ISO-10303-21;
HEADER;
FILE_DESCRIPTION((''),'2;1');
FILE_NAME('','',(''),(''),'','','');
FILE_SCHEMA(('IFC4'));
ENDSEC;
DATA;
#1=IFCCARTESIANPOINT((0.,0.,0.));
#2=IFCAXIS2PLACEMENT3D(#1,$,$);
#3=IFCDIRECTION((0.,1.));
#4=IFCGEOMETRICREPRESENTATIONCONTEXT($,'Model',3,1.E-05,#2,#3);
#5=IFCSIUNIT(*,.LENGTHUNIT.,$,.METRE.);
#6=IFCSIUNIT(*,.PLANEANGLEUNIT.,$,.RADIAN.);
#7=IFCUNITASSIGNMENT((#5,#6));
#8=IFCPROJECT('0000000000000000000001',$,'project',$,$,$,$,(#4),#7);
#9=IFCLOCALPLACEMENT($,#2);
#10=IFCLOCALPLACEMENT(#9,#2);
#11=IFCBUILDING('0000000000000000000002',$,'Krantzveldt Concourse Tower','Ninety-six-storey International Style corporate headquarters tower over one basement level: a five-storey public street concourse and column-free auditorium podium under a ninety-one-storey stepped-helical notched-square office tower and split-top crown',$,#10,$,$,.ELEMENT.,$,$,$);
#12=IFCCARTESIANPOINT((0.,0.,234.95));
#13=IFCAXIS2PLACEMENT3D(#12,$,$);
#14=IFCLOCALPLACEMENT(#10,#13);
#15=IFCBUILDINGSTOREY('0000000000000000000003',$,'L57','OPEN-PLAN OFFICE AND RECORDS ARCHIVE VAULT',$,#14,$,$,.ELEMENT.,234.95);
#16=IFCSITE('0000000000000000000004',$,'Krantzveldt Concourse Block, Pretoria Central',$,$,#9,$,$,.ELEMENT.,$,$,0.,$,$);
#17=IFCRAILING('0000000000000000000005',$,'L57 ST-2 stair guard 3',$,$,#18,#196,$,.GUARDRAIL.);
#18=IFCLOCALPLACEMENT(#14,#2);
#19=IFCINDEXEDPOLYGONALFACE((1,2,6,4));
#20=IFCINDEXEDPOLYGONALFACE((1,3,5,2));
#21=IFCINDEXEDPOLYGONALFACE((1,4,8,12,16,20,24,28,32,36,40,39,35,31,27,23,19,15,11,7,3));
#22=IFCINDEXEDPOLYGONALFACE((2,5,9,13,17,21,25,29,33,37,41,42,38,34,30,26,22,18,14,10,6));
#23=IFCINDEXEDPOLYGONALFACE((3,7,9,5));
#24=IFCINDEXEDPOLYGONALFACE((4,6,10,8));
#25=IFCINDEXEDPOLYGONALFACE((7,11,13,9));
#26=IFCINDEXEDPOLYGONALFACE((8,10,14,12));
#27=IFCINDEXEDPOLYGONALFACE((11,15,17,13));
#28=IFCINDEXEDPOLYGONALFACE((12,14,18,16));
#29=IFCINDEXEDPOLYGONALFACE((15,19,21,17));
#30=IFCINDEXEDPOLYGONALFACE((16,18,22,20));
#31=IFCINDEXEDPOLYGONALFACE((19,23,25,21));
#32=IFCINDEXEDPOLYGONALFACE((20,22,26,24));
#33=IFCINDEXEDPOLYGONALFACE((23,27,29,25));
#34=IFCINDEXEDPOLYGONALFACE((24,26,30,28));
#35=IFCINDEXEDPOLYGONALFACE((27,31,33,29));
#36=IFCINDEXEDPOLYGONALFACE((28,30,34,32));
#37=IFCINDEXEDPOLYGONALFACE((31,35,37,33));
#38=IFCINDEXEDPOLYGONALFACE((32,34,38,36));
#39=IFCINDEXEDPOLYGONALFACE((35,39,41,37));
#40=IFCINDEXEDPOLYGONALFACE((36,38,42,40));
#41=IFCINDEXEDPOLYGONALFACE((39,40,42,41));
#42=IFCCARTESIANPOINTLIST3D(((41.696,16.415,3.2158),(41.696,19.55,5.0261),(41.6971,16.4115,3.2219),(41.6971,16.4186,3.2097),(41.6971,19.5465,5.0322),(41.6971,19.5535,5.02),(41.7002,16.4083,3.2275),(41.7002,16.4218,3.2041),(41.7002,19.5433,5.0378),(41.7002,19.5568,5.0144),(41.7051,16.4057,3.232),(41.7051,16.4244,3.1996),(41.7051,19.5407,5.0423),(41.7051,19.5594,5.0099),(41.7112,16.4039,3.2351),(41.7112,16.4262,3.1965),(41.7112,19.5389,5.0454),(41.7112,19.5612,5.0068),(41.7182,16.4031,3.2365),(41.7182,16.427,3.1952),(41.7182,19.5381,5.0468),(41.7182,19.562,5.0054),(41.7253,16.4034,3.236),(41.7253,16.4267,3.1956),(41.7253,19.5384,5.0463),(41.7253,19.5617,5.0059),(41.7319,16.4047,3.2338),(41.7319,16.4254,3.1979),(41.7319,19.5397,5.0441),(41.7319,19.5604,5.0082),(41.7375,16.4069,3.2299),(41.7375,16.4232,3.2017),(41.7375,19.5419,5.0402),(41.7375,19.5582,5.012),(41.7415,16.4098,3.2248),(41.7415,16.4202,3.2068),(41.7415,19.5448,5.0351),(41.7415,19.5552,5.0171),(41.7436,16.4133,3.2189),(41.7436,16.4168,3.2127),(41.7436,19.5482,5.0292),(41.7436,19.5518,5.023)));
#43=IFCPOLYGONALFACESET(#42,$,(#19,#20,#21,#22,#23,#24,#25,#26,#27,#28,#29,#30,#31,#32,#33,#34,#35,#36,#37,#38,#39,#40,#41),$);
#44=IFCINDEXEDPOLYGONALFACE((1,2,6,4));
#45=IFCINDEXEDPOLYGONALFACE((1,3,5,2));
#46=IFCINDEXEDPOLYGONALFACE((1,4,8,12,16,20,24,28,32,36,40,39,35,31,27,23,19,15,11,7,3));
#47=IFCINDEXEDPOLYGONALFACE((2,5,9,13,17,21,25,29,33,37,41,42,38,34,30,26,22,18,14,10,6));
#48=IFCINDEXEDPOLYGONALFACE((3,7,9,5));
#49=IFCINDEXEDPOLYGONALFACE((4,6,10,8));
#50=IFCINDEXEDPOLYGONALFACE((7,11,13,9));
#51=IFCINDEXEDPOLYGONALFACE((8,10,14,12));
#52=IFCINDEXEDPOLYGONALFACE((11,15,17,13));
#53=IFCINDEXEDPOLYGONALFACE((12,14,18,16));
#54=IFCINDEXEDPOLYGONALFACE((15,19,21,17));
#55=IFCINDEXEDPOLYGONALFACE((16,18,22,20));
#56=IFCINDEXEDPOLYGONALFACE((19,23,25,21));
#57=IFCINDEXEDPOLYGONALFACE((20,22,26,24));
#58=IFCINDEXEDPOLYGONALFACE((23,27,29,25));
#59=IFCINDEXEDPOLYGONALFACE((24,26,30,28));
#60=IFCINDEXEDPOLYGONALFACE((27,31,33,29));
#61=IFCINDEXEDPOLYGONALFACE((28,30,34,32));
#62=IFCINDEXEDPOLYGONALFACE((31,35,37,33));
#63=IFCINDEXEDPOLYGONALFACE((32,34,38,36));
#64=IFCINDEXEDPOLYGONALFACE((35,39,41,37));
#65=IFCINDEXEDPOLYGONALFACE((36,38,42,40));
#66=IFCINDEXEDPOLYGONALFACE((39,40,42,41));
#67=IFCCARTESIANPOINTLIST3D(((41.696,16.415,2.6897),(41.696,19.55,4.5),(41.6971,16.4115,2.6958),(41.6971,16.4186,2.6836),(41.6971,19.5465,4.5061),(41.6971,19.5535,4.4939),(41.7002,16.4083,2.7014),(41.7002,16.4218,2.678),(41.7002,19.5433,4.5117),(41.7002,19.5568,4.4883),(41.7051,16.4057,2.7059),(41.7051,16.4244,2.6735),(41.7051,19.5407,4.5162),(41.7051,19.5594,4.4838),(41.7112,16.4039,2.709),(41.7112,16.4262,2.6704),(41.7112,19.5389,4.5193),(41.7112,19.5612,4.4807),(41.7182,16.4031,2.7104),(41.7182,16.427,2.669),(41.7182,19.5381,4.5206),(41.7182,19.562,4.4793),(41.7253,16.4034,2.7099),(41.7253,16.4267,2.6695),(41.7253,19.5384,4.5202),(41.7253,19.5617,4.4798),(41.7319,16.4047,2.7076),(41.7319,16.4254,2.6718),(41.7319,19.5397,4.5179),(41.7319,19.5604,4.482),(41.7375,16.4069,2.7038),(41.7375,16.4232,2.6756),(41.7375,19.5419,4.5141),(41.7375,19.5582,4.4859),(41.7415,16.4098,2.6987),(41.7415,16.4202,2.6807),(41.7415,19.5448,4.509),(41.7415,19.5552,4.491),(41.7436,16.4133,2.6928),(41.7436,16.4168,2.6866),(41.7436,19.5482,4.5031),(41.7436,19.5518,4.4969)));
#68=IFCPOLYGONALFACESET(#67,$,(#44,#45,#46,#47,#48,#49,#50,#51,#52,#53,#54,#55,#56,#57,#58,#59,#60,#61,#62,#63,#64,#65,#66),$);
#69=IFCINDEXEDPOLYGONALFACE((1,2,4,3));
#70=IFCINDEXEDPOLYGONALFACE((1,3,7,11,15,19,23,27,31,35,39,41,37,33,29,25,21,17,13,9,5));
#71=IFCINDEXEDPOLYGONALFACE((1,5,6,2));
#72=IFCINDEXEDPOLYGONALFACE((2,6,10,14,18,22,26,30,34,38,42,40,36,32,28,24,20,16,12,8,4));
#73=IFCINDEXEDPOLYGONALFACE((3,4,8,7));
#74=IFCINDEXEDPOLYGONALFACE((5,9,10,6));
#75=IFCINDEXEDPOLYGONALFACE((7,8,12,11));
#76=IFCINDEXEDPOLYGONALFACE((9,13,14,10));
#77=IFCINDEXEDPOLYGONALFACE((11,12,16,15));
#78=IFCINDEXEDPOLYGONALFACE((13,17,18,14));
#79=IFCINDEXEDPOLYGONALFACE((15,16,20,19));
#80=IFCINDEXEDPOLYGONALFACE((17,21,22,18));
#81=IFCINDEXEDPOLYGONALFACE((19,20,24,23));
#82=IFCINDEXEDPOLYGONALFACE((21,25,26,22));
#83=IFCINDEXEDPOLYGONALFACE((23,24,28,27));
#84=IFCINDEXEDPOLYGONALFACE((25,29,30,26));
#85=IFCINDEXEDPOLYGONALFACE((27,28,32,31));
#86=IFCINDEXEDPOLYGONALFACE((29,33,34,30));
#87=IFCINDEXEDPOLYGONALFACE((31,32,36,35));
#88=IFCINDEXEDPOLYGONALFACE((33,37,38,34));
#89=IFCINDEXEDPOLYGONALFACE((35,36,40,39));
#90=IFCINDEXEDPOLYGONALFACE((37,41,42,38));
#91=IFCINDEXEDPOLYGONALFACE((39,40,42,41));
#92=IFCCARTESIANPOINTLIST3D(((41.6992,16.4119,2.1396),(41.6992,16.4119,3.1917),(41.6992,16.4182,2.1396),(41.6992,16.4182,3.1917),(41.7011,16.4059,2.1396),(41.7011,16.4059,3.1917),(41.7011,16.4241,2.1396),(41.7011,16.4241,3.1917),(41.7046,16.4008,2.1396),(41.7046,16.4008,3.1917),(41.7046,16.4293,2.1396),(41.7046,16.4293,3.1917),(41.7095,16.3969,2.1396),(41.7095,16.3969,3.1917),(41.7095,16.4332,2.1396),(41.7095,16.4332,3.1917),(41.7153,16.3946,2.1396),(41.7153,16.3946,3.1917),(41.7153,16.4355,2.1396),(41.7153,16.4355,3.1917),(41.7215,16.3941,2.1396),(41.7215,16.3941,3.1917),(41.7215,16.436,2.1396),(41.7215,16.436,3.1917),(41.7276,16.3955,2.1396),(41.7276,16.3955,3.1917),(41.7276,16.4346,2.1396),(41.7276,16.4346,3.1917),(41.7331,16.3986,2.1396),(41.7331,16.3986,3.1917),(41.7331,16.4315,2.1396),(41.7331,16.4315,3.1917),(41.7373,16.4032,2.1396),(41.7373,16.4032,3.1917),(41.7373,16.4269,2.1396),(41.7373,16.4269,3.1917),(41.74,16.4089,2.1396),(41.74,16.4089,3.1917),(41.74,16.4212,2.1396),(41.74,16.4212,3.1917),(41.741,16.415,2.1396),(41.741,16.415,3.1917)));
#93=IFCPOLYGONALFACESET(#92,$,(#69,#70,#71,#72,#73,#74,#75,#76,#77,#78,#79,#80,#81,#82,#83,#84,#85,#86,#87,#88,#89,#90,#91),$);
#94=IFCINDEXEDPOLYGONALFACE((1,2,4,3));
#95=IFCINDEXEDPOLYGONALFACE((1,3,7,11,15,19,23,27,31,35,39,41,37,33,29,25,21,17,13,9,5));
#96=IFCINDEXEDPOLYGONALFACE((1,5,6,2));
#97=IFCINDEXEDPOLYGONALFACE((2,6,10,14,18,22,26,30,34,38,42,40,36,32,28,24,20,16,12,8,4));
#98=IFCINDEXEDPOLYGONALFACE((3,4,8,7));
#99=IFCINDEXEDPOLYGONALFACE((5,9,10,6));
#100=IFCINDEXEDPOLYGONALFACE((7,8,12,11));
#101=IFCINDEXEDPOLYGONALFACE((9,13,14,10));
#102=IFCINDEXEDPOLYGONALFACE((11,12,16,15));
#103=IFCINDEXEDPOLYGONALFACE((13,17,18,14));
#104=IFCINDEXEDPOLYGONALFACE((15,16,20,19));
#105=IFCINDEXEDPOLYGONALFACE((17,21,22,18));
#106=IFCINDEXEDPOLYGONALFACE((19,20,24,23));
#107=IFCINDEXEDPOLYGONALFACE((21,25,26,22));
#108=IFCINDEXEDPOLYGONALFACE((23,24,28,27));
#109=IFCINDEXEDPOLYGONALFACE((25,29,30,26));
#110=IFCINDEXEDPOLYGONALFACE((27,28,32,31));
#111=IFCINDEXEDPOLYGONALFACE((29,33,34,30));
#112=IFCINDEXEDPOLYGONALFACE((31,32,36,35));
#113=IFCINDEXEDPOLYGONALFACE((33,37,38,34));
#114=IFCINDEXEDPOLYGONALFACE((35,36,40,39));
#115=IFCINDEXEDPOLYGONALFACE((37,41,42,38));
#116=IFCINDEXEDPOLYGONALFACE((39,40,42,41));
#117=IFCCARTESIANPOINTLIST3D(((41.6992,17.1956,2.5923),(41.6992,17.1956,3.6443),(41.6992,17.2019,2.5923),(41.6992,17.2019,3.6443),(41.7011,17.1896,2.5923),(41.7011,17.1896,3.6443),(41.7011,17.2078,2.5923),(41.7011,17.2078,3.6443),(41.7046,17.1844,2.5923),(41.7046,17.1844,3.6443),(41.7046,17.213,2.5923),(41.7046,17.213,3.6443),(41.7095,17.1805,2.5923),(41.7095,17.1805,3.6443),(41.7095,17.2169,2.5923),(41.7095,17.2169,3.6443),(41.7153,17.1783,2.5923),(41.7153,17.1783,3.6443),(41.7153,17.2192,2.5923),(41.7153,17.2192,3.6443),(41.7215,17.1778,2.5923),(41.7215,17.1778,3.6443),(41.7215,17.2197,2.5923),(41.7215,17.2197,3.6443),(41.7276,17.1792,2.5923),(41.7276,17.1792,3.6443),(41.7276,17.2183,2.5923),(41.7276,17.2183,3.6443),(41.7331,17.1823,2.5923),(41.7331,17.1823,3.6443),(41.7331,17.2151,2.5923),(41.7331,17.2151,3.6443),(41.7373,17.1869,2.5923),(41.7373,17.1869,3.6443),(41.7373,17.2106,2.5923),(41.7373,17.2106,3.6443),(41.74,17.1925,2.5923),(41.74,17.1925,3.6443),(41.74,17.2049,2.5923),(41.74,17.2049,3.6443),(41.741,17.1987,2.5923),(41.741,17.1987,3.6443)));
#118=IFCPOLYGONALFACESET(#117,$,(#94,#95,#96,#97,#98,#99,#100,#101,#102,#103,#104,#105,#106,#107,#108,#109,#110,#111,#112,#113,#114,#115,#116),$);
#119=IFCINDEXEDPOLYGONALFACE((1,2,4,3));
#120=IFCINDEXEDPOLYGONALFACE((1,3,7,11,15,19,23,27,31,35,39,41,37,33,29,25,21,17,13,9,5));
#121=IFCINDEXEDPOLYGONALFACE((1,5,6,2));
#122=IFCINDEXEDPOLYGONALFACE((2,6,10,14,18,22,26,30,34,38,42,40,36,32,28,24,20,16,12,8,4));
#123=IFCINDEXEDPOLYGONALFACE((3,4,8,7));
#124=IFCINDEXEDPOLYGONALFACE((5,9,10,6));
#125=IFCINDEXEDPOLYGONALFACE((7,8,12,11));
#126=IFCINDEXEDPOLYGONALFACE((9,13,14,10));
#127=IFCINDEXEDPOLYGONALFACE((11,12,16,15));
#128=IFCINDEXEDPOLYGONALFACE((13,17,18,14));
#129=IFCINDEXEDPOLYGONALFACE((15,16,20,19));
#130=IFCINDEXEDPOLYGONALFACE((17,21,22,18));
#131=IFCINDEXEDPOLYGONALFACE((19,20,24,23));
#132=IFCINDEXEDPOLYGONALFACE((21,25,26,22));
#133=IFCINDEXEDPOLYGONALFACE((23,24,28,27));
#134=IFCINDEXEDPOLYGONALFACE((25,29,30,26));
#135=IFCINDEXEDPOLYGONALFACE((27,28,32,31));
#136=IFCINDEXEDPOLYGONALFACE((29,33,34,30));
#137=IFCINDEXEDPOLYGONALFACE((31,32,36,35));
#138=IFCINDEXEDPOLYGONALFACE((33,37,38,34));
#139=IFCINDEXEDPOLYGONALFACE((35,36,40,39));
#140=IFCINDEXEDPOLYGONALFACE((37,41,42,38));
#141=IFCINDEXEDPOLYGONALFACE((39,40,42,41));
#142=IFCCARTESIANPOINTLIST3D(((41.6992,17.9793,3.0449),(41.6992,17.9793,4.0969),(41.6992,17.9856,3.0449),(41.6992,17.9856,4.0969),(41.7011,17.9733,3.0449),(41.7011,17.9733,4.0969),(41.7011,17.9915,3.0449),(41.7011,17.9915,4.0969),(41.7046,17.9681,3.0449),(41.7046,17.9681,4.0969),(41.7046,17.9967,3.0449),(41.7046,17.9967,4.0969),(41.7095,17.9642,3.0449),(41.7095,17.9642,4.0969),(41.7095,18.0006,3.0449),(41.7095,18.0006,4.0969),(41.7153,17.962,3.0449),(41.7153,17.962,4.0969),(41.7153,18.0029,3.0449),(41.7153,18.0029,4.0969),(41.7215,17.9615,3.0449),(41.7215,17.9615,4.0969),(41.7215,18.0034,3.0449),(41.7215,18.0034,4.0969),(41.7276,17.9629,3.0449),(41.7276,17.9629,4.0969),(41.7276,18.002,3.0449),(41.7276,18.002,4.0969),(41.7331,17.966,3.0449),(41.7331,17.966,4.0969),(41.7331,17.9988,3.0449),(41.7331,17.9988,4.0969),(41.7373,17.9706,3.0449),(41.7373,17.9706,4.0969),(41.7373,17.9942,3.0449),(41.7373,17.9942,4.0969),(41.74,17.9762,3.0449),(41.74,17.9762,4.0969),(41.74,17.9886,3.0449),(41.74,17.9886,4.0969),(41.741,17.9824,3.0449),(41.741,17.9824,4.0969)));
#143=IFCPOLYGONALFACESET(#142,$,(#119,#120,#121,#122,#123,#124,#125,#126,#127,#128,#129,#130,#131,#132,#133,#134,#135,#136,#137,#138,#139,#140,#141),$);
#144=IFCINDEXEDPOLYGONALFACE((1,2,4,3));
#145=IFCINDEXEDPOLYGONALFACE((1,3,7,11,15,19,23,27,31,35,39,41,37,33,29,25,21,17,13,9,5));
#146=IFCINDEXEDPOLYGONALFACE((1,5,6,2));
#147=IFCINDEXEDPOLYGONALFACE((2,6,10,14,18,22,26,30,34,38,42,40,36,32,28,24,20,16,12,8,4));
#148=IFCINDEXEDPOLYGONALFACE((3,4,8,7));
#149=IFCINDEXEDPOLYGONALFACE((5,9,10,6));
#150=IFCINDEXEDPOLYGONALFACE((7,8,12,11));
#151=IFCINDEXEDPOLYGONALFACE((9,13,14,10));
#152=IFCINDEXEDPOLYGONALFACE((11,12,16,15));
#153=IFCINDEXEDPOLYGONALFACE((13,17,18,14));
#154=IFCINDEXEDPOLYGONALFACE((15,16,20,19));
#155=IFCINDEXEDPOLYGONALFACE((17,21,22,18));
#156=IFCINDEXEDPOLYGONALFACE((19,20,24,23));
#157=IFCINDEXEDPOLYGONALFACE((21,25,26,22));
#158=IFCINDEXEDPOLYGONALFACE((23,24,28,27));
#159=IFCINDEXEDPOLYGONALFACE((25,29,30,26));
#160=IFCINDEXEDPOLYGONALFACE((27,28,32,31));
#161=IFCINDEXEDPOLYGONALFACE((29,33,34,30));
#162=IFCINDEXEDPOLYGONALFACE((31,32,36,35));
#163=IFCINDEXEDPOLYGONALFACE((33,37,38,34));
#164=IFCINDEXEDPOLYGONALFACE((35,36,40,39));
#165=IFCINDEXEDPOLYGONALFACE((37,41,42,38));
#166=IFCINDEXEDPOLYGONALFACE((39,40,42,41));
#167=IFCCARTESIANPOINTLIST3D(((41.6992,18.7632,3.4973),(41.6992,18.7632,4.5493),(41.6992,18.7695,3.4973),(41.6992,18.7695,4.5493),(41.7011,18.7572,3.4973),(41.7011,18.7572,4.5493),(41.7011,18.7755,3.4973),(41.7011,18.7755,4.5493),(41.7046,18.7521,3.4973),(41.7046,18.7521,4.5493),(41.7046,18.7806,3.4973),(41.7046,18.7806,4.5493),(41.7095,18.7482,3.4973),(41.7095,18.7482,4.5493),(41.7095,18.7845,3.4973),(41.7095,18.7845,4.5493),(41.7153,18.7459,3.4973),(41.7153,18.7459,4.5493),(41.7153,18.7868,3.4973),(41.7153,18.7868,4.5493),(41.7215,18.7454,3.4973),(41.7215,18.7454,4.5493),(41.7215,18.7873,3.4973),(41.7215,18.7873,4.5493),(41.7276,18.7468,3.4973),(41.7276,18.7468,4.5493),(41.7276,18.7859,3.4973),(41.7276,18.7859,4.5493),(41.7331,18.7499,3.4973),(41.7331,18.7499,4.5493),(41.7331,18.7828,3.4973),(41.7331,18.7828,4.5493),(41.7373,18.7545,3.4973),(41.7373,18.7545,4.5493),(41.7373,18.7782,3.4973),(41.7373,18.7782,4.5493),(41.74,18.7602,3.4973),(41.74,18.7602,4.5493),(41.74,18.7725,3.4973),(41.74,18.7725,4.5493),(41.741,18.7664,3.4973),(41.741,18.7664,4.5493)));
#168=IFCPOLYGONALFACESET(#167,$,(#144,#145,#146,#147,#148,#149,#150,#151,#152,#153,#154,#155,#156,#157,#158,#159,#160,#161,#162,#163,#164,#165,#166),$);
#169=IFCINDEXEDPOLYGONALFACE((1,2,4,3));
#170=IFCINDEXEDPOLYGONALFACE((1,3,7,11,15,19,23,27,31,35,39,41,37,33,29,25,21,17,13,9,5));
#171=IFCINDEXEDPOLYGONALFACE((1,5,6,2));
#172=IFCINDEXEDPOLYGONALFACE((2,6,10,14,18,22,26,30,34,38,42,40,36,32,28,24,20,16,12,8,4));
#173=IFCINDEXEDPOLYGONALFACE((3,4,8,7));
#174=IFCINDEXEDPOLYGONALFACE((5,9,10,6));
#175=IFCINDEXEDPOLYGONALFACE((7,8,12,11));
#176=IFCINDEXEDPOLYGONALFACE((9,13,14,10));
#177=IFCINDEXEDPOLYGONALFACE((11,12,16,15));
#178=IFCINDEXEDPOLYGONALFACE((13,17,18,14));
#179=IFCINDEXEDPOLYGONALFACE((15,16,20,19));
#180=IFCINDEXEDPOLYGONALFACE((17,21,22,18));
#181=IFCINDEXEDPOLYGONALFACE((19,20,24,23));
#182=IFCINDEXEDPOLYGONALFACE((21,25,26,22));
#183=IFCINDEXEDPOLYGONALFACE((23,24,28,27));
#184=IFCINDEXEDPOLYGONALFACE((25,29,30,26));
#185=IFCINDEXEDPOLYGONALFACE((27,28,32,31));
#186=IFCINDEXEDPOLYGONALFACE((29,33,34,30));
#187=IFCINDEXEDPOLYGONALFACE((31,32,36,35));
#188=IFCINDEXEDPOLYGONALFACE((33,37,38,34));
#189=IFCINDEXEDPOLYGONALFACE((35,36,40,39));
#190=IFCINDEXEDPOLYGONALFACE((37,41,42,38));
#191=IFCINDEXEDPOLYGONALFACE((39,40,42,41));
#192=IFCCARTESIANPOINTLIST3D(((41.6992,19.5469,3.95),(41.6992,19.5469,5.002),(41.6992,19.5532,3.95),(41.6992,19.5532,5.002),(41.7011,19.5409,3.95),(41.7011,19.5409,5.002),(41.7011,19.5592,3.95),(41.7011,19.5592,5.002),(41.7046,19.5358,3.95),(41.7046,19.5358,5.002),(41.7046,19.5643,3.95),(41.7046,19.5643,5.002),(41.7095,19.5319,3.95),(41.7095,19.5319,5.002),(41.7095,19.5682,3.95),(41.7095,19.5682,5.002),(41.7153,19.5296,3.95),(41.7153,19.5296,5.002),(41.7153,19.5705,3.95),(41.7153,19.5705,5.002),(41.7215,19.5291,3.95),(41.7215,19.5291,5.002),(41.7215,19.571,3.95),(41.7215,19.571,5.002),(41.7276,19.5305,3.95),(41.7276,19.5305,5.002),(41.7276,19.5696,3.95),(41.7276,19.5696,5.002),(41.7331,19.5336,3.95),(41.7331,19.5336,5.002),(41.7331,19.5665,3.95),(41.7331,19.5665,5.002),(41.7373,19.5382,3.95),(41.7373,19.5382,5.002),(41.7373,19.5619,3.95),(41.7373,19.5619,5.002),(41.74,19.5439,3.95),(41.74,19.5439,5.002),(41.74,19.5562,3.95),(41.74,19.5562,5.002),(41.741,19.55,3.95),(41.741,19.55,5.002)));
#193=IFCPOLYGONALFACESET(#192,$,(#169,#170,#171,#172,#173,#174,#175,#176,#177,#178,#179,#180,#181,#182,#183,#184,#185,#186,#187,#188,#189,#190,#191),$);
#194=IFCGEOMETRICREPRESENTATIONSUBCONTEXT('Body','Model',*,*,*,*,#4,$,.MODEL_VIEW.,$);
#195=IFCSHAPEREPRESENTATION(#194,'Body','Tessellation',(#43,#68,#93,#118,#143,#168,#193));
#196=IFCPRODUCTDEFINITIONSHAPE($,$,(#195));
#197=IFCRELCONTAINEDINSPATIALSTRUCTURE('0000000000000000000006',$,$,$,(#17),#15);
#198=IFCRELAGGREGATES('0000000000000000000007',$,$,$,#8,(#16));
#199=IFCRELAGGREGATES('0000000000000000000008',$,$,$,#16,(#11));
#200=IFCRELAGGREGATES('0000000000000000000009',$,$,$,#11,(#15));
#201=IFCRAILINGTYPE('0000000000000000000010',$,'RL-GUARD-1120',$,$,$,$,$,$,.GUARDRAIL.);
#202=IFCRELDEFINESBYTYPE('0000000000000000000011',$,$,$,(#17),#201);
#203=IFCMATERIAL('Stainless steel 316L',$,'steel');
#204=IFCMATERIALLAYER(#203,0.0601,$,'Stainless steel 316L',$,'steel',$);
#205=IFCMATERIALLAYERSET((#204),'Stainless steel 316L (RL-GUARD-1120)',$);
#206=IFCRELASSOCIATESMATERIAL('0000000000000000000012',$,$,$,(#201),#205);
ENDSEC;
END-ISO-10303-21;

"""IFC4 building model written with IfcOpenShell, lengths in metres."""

from ifc_helpers import new_model, si_unit, direction, frame, origin, origin_2d, place, context, subcontext, project, spatial, circle, extrude, material, layer, layer_set, type_object, element, save


model = new_model("IFC4")

# Units and contexts
model_context = context("Model", 3, precision=1e-05, world=origin(), true_north=direction((0.0, 1.0)))
body_context = subcontext(model_context, "Body", "Model", "MODEL_VIEW")
ifc_project = project(units=[si_unit("LENGTHUNIT", "METRE"), si_unit("PLANEANGLEUNIT", "RADIAN")], contexts=[model_context])

# Site, building, storey
site_placement = place(None, origin())
site = spatial("IfcSite", under=ifc_project, at=site_placement, Name="Krantzveldt Concourse Block, Pretoria Central", CompositionType="ELEMENT", RefElevation=0.0)
building_placement = place(site_placement, origin())
building = spatial("IfcBuilding", under=site, at=building_placement, Name="Krantzveldt Concourse Tower", Description="Ninety-six-storey International Style corporate headquarters tower over one basement level: a five-storey public street concourse and column-free auditorium podium under a ninety-one-storey stepped-helical notched-square office tower and split-top crown", CompositionType="ELEMENT")
storey_placement = place(building_placement, frame((0.0, 0.0, 234.95)))
storey = spatial("IfcBuildingStorey", under=building, at=storey_placement, Name="L57", Description="OPEN-PLAN OFFICE AND RECORDS ARCHIVE VAULT", CompositionType="ELEMENT", Elevation=234.95)

# Shared definitions
ifc_material_1 = material(Name="Stainless steel 316L", Category="steel")

# Railing
ifc_layer_1 = layer(ifc_material_1, 0.0601, Name="Stainless steel 316L", Category="steel")
ifc_layer_set_1 = layer_set([ifc_layer_1], Name="Stainless steel 316L (RL-GUARD-1120)")
railing_type_1 = type_object("IfcRailingType", Name="RL-GUARD-1120", PredefinedType="GUARDRAIL", material=ifc_layer_set_1)
railing_1_placement = place(storey_placement, frame((41.72, 16.415, 2.1396)))
element("IfcRailing", 1, at=railing_1_placement, inside=storey, type_object=railing_type_1, Name="L57 ST-2 stair guard 3", PredefinedType="GUARDRAIL", context=body_context, shape_type="SweptSolid", body=[
    extrude(circle(Radius=0.0239, at=origin_2d()), frame((0.0, 0.0, 1.0762), z_axis=(0.0, 0.865989, 0.500063), x_axis=(-1.0, 0.0, 0.0)), (0.0, 0.0, 1.0), 3.6201),
    extrude(circle(Radius=0.0239, at=origin_2d()), frame((0.0, 0.0, 0.55), z_axis=(0.0, 0.865989, 0.500063), x_axis=(-1.0, 0.0, 0.0)), (0.0, 0.0, 1.0), 3.6201),
    extrude(circle(Radius=0.021, at=origin_2d()), origin(), (0.0, 0.0, 1.0), 1.052),
    extrude(circle(Radius=0.021, at=origin_2d()), frame((0.0, 0.7837, 0.4526)), (0.0, 0.0, 1.0), 1.052),
    extrude(circle(Radius=0.021, at=origin_2d()), frame((0.0, 1.5674, 0.9053)), (0.0, 0.0, 1.0), 1.052),
    extrude(circle(Radius=0.021, at=origin_2d()), frame((0.0, 2.3513, 1.3577)), (0.0, 0.0, 1.0), 1.052),
    extrude(circle(Radius=0.021, at=origin_2d()), frame((0.0, 3.135, 1.8103)), (0.0, 0.0, 1.0), 1.052),
])

save(model, "model.ifc")
